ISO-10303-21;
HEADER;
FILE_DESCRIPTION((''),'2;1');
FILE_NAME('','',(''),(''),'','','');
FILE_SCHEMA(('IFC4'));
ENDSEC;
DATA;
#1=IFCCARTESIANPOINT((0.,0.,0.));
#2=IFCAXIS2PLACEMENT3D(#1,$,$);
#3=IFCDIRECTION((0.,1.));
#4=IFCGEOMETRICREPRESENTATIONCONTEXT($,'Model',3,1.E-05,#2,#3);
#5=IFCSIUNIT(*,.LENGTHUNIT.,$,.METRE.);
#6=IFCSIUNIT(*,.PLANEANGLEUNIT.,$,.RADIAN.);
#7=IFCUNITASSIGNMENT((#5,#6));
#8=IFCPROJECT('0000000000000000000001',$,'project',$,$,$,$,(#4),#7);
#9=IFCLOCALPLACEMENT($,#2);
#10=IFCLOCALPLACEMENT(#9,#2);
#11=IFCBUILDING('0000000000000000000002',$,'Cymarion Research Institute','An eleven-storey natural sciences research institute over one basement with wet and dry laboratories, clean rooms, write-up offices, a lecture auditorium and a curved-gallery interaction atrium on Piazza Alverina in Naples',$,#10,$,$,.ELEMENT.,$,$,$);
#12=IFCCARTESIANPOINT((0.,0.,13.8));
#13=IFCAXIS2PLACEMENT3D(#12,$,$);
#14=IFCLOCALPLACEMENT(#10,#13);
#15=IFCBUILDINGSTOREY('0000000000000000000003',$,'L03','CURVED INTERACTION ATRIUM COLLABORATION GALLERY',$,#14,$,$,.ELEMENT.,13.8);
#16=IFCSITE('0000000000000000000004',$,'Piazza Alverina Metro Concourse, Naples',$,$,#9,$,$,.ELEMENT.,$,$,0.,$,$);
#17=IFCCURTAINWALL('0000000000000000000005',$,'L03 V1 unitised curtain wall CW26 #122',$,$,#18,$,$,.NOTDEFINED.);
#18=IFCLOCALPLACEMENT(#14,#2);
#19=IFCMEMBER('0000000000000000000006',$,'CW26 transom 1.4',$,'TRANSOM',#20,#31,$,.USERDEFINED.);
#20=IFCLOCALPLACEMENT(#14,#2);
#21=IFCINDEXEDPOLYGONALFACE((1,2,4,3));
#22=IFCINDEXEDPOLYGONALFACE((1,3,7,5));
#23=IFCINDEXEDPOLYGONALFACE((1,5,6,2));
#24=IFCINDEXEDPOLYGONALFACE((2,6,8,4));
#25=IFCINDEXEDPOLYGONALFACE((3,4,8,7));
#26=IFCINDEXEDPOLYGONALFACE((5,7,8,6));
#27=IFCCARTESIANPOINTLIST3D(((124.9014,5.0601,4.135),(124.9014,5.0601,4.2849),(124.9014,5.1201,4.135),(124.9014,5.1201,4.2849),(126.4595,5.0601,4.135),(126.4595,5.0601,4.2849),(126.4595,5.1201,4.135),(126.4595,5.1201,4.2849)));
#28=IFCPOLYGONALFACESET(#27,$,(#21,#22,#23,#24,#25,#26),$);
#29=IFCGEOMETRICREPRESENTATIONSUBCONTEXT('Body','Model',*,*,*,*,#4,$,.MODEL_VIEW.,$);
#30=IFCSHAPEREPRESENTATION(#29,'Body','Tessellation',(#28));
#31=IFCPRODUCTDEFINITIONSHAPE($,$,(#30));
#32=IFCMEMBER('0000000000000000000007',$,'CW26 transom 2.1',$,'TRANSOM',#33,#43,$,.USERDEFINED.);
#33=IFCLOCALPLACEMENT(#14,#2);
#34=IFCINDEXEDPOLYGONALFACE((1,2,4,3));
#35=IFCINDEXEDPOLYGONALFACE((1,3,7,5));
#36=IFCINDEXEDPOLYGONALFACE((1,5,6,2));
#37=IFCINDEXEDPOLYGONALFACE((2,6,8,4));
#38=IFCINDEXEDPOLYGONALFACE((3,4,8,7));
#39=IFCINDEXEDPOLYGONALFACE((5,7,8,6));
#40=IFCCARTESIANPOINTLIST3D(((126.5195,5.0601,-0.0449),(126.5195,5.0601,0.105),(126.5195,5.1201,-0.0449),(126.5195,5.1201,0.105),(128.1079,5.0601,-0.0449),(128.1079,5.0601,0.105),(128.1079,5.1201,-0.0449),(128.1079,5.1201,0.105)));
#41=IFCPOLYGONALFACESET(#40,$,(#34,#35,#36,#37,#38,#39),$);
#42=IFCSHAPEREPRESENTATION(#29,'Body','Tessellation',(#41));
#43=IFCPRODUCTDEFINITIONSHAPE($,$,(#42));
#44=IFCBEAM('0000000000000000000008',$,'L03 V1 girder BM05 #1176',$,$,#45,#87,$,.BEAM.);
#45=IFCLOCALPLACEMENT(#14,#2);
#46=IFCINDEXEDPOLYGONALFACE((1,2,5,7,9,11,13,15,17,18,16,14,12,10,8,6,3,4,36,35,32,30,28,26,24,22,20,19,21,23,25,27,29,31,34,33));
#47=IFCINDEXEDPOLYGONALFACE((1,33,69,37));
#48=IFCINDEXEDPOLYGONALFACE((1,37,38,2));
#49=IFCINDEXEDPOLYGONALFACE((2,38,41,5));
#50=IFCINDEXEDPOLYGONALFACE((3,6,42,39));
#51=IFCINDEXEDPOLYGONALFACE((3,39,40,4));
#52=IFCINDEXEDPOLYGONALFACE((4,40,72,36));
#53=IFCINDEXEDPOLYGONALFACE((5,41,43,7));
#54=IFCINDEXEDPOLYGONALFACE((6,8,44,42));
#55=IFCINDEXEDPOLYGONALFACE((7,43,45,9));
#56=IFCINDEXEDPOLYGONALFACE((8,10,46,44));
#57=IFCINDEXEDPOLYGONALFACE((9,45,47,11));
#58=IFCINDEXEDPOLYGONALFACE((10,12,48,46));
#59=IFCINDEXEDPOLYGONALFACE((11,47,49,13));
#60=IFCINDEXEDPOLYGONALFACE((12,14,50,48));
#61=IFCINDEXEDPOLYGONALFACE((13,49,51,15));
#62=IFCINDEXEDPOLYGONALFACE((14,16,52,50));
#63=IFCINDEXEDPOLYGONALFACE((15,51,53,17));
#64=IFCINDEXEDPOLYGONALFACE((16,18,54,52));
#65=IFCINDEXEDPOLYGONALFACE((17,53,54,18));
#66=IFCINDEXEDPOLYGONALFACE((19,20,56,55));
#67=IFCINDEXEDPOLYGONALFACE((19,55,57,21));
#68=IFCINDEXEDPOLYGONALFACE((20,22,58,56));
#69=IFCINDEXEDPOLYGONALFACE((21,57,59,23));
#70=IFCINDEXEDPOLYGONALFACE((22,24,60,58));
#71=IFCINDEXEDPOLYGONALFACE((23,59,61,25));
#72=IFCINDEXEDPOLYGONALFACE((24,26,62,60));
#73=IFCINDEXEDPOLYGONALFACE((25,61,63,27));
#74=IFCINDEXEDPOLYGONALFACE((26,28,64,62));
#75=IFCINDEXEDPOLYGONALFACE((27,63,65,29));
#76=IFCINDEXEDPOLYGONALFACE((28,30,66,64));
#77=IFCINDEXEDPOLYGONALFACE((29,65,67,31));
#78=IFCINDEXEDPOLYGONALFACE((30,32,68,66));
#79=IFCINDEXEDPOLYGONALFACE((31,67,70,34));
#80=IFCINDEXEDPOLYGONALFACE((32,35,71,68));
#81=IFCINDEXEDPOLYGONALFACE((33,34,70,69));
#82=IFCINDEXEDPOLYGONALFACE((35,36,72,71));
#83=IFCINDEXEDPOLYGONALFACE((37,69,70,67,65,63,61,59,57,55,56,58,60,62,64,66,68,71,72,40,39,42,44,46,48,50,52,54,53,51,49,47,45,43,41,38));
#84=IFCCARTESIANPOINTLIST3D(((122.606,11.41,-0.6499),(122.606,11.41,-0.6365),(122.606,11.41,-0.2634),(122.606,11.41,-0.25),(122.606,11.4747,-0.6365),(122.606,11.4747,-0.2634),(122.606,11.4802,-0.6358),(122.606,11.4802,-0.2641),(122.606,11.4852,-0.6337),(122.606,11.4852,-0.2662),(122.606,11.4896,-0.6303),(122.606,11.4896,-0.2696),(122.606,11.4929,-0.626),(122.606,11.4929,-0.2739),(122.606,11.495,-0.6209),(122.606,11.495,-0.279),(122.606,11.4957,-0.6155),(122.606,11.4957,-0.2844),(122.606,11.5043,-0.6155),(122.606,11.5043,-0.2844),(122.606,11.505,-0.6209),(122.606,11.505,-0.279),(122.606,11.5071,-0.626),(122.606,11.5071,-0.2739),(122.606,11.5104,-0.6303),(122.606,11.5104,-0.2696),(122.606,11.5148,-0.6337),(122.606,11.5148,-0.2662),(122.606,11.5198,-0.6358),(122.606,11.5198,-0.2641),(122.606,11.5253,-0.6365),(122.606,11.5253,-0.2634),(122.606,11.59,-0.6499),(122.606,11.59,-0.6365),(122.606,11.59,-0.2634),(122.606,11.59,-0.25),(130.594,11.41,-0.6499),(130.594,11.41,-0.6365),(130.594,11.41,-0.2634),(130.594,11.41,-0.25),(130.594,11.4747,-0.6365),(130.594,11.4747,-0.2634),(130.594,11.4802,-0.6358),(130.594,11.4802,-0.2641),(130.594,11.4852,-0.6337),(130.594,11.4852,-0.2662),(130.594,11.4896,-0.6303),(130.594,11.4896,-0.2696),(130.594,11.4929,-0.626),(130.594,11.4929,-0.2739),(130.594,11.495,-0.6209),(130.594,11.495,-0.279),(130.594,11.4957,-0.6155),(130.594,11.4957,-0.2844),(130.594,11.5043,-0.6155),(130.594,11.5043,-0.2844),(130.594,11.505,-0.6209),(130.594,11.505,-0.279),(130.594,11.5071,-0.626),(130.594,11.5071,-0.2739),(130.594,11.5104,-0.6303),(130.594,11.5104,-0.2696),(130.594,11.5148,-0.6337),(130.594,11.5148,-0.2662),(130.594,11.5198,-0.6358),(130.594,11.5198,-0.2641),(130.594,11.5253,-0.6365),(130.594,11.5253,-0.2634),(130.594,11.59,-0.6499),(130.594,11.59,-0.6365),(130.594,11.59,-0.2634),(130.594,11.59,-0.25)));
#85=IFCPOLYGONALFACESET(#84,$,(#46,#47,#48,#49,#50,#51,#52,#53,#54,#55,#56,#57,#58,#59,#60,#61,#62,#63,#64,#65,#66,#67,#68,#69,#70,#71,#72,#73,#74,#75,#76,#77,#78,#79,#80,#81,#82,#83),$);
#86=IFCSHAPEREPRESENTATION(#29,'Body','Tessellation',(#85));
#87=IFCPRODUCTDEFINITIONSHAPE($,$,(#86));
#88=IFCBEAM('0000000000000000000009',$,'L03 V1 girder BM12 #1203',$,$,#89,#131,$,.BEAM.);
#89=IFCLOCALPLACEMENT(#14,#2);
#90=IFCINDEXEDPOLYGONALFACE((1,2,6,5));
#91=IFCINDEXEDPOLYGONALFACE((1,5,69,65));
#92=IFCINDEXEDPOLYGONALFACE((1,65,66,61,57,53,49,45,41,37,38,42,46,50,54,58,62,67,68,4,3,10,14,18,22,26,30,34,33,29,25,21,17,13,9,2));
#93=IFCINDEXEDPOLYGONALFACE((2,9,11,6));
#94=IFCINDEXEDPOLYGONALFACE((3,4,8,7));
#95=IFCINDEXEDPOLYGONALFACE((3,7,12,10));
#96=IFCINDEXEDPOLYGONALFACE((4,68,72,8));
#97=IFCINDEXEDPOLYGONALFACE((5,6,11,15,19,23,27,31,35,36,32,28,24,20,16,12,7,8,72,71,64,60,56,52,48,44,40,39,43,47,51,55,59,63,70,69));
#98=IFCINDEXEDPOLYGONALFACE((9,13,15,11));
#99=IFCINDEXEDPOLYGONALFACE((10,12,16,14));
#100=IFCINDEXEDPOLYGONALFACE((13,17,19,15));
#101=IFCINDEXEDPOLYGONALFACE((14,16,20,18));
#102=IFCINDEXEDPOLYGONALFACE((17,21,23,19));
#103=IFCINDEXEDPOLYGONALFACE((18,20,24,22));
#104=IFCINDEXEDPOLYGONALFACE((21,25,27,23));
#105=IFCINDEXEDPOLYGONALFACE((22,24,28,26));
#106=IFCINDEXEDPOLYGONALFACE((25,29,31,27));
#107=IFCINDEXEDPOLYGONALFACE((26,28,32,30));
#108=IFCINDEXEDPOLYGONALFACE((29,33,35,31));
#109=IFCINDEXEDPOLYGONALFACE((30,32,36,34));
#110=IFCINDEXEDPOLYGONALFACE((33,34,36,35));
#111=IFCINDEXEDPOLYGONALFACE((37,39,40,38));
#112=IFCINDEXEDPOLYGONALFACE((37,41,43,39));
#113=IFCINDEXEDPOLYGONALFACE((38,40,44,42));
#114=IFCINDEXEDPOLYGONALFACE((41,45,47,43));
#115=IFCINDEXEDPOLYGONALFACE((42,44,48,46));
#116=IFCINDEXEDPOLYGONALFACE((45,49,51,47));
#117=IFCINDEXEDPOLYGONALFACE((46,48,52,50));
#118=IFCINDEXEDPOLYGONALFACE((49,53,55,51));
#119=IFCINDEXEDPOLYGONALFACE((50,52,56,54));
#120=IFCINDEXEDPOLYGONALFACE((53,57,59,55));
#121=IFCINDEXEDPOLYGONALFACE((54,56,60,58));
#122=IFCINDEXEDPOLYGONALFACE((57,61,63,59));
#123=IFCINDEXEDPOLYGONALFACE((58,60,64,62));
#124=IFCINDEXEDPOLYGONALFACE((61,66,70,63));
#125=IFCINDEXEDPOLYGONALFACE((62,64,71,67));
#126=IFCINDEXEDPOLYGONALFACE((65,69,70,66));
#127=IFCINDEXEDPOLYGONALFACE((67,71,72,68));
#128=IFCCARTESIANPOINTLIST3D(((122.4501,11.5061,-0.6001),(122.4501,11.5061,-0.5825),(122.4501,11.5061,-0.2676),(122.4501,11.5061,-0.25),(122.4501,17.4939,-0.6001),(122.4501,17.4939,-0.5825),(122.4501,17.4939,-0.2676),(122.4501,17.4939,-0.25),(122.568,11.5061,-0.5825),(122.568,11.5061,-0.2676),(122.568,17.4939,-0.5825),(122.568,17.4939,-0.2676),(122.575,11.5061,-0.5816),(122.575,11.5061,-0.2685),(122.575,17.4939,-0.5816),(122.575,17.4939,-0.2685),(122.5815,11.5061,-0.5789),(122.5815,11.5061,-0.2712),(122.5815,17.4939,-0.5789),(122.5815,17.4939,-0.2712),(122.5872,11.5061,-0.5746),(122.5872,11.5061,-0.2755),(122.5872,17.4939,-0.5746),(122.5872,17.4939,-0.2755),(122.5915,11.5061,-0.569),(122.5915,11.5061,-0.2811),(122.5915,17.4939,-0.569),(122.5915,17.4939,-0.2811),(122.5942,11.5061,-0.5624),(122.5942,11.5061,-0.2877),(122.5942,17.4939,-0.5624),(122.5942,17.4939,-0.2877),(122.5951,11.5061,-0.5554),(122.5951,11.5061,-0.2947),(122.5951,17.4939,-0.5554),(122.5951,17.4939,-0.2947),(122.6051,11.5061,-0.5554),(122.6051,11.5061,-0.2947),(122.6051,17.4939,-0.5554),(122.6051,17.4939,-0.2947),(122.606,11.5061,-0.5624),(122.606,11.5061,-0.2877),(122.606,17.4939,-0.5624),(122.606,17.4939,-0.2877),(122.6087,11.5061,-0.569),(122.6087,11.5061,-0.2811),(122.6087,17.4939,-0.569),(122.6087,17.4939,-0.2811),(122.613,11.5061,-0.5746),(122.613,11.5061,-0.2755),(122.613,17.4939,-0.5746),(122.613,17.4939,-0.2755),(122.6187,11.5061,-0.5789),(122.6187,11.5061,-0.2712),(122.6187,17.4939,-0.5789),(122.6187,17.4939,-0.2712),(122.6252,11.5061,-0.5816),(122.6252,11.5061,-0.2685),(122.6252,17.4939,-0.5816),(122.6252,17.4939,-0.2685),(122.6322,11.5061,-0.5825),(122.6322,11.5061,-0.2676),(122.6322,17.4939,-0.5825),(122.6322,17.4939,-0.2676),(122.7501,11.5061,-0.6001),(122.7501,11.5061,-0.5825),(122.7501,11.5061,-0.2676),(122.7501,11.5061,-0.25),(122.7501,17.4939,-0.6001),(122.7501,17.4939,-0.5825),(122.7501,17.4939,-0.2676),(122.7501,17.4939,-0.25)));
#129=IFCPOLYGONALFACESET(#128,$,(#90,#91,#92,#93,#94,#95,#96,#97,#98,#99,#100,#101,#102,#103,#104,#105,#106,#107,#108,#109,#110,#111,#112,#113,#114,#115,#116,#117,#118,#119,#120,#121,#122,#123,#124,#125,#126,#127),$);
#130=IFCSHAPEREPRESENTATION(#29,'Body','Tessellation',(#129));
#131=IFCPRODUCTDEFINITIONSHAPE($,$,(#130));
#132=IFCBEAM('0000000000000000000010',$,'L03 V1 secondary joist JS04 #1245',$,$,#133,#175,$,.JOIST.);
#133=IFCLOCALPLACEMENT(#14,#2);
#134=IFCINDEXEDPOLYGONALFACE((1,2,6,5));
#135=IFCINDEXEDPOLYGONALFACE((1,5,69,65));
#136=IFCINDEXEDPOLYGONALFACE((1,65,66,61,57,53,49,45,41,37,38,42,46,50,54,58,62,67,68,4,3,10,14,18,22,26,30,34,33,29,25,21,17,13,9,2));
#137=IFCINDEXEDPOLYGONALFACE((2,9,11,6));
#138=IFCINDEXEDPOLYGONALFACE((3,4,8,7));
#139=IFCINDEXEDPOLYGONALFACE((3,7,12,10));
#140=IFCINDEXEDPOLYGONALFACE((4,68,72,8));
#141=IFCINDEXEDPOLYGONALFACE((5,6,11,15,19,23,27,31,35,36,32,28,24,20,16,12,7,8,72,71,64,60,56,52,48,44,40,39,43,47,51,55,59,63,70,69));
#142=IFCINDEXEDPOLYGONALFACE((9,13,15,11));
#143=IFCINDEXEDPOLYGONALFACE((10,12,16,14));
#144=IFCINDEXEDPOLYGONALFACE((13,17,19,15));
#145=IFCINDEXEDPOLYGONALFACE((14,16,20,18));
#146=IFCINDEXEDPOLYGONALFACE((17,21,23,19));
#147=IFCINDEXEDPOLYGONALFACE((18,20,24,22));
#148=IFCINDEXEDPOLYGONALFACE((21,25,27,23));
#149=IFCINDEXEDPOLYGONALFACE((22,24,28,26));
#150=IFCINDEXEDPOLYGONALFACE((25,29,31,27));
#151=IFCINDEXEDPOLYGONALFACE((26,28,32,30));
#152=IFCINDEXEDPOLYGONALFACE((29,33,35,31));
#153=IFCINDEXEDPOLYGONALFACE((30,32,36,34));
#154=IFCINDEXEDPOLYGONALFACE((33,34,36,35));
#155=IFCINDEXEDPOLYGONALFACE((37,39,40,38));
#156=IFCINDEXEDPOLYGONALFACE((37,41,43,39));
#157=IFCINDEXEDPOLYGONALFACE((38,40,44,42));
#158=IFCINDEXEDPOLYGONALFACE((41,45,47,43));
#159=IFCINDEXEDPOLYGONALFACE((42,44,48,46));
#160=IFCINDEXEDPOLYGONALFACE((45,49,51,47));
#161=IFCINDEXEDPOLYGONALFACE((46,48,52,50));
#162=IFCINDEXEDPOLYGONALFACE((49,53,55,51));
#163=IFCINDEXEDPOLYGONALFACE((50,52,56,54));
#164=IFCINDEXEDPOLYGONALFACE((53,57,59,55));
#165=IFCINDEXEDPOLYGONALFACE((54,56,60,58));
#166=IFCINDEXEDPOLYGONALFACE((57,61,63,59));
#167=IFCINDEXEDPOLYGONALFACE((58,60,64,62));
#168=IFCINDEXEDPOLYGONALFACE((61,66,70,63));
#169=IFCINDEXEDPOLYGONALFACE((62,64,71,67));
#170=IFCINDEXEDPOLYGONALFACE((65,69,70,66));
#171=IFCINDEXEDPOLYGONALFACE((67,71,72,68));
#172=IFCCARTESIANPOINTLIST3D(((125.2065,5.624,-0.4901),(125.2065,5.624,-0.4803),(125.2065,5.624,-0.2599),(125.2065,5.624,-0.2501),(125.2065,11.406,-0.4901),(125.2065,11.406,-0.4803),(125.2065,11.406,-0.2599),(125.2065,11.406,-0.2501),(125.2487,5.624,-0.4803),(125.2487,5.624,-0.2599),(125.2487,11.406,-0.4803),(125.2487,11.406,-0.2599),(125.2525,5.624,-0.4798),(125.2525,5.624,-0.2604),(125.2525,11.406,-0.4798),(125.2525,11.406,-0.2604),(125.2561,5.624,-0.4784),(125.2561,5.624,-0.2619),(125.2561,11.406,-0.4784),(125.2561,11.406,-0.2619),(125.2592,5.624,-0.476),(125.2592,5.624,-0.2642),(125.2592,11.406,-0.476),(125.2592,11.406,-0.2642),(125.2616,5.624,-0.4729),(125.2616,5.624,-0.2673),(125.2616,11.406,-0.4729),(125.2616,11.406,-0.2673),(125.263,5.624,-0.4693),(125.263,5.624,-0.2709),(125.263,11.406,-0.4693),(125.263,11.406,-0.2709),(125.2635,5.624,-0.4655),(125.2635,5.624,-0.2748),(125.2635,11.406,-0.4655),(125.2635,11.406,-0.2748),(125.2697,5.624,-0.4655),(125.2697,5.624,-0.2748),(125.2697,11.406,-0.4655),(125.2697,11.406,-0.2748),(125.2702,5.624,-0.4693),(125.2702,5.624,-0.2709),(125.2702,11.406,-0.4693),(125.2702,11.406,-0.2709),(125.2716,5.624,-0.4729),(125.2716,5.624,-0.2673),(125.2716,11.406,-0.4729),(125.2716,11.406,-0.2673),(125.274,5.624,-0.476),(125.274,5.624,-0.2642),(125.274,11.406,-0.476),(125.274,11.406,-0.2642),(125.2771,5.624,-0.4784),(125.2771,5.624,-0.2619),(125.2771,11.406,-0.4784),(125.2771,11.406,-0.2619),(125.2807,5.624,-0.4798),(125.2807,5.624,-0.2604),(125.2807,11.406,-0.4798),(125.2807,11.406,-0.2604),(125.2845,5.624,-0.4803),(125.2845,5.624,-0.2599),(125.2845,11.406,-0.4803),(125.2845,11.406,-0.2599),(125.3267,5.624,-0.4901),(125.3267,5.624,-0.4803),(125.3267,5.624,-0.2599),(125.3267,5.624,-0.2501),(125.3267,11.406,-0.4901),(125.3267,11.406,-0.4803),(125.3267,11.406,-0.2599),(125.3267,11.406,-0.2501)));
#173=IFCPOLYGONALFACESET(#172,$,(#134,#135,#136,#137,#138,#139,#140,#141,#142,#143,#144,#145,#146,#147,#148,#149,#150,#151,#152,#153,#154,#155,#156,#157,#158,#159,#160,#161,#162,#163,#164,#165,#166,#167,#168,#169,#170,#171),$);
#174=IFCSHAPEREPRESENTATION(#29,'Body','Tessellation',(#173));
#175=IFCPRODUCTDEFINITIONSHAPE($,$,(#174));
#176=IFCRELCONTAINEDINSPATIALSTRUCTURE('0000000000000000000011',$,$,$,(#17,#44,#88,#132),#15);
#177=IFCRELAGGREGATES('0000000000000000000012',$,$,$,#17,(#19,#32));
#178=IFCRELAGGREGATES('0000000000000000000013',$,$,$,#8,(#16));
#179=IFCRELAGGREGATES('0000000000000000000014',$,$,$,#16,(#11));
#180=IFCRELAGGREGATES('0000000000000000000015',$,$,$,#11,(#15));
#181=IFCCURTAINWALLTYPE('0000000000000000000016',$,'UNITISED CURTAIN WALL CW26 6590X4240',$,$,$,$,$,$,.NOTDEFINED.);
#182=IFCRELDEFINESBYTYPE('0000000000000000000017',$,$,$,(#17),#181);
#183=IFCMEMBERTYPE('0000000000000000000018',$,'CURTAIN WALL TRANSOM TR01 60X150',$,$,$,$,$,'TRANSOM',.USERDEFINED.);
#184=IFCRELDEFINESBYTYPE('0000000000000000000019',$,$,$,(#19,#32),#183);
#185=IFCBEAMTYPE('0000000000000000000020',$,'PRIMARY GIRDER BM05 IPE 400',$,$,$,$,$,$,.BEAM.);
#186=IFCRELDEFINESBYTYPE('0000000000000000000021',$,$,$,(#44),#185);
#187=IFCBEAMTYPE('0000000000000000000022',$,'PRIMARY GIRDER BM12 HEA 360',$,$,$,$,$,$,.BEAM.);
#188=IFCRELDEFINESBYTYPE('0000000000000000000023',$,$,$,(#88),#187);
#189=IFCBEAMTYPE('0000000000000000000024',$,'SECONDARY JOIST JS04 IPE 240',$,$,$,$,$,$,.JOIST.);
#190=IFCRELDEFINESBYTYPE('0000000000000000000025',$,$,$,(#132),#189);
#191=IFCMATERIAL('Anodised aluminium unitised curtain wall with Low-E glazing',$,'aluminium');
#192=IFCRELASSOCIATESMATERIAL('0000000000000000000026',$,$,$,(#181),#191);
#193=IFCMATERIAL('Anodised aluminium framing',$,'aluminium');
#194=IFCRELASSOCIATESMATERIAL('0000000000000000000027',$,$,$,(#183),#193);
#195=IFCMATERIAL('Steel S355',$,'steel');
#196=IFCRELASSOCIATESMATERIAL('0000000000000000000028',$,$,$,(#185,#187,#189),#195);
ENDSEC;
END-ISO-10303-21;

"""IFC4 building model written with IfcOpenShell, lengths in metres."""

from ifc_helpers import new_model, si_unit, direction, frame, origin, origin_2d, place, context, subcontext, project, spatial, rectangle, i_section, extrude, material, material_profile, profile_set, type_object, element, aggregate, save


model = new_model("IFC4")

# Units and contexts
model_context = context("Model", 3, precision=1e-05, world=origin(), true_north=direction((0.0, 1.0)))
body_context = subcontext(model_context, "Body", "Model", "MODEL_VIEW")
ifc_project = project(units=[si_unit("LENGTHUNIT", "METRE"), si_unit("PLANEANGLEUNIT", "RADIAN")], contexts=[model_context])

# Site, building, storey
site_placement = place(None, origin())
site = spatial("IfcSite", under=ifc_project, at=site_placement, Name="Piazza Alverina Metro Concourse, Naples", CompositionType="ELEMENT", RefElevation=0.0)
building_placement = place(site_placement, origin())
building = spatial("IfcBuilding", under=site, at=building_placement, Name="Cymarion Research Institute", Description="An eleven-storey natural sciences research institute over one basement with wet and dry laboratories, clean rooms, write-up offices, a lecture auditorium and a curved-gallery interaction atrium on Piazza Alverina in Naples", CompositionType="ELEMENT")
storey_placement = place(building_placement, frame((0.0, 0.0, 13.8)))
storey = spatial("IfcBuildingStorey", under=building, at=storey_placement, Name="L03", Description="CURVED INTERACTION ATRIUM COLLABORATION GALLERY", CompositionType="ELEMENT", Elevation=13.8)

# Shared definitions
ifc_material_1 = material(Name="Steel S355", Category="steel")

# Curtain wall
ifc_material_2 = material(Name="Anodised aluminium unitised curtain wall with Low-E glazing", Category="aluminium")
curtain_wall_type = type_object("IfcCurtainWallType", Name="UNITISED CURTAIN WALL CW26 6590X4240", PredefinedType="NOTDEFINED", material=ifc_material_2)
ifc_material_3 = material(Name="Anodised aluminium framing", Category="aluminium")
curtain_wall_1_placement = place(storey_placement, origin())
curtain_wall_1 = element("IfcCurtainWall", 1, at=curtain_wall_1_placement, inside=storey, type_object=curtain_wall_type, Name="L03 V1 unitised curtain wall CW26 #122", PredefinedType="NOTDEFINED")

# Members
ifc_material_profile_1 = material_profile(ifc_material_3, rectangle(XDim=0.0601, YDim=0.1499, at=origin_2d()), Name="ALU TRANSOM 60x150")
ifc_profile_set_1 = profile_set([ifc_material_profile_1], Name="Anodised aluminium framing")
member_type_1 = type_object("IfcMemberType", Name="CURTAIN WALL TRANSOM TR01 60X150", ElementType="TRANSOM", PredefinedType="USERDEFINED", material=ifc_profile_set_1)
member_1_placement = place(storey_placement, frame((124.9014, 5.0901, 4.21), z_axis=(1.0, 0.0, 0.0), x_axis=(0.0, 1.0, 0.0)))
member_1 = element("IfcMember", 2, at=member_1_placement, type_object=member_type_1, Name="CW26 transom 1.4", ObjectType="TRANSOM", PredefinedType="USERDEFINED", context=body_context, shape_type="SweptSolid", body=[
    extrude(rectangle(XDim=0.0601, YDim=0.1499, at=origin_2d()), origin(), (0.0, 0.0, 1.0), 1.5581),
])
member_2_placement = place(storey_placement, frame((126.5195, 5.0901, 0.03), z_axis=(1.0, 0.0, 0.0), x_axis=(0.0, 1.0, 0.0)))
member_2 = element("IfcMember", 3, at=member_2_placement, type_object=member_type_1, Name="CW26 transom 2.1", ObjectType="TRANSOM", PredefinedType="USERDEFINED", context=body_context, shape_type="SweptSolid", body=[
    extrude(rectangle(XDim=0.0601, YDim=0.1499, at=origin_2d()), origin(), (0.0, 0.0, 1.0), 1.5884),
])

# Beams
ifc_material_profile_2 = material_profile(ifc_material_1, i_section(OverallWidth=0.1799, OverallDepth=0.3999, WebThickness=0.0085, FlangeThickness=0.0134, FilletRadius=0.021, at=origin_2d()), Name="IPE 400")
ifc_profile_set_2 = profile_set([ifc_material_profile_2], Name="Steel S355")
beam_type_1 = type_object("IfcBeamType", Name="PRIMARY GIRDER BM05 IPE 400", PredefinedType="BEAM", material=ifc_profile_set_2)
beam_1_placement = place(storey_placement, frame((122.606, 11.5, -0.45), z_axis=(1.0, 0.0, 0.0), x_axis=(0.0, 1.0, 0.0)))
element("IfcBeam", 4, at=beam_1_placement, inside=storey, type_object=beam_type_1, Name="L03 V1 girder BM05 #1176", PredefinedType="BEAM", context=body_context, shape_type="SweptSolid", body=[
    extrude(i_section(OverallWidth=0.1799, OverallDepth=0.3999, WebThickness=0.0085, FlangeThickness=0.0134, FilletRadius=0.021, at=origin_2d()), origin(), (0.0, 0.0, 1.0), 7.988),
])
ifc_material_profile_3 = material_profile(ifc_material_1, i_section(OverallWidth=0.3, OverallDepth=0.3501, WebThickness=0.01, FlangeThickness=0.0176, FilletRadius=0.0271, at=origin_2d()), Name="HEA 360")
ifc_profile_set_3 = profile_set([ifc_material_profile_3], Name="Steel S355")
beam_type_2 = type_object("IfcBeamType", Name="PRIMARY GIRDER BM12 HEA 360", PredefinedType="BEAM", material=ifc_profile_set_3)
beam_2_placement = place(storey_placement, frame((122.6001, 11.5061, -0.425), z_axis=(0.0, 1.0, 0.0), x_axis=(-1.0, 0.0, 0.0)))
element("IfcBeam", 5, at=beam_2_placement, inside=storey, type_object=beam_type_2, Name="L03 V1 girder BM12 #1203", PredefinedType="BEAM", context=body_context, shape_type="SweptSolid", body=[
    extrude(i_section(OverallWidth=0.3, OverallDepth=0.3501, WebThickness=0.01, FlangeThickness=0.0176, FilletRadius=0.0271, at=origin_2d()), origin(), (0.0, 0.0, 1.0), 5.9878),
])
ifc_material_profile_4 = material_profile(ifc_material_1, i_section(OverallWidth=0.1201, OverallDepth=0.24, WebThickness=0.0061, FlangeThickness=0.0098, FilletRadius=0.0149, at=origin_2d()), Name="IPE 240")
ifc_profile_set_4 = profile_set([ifc_material_profile_4], Name="Steel S355")
beam_type_3 = type_object("IfcBeamType", Name="SECONDARY JOIST JS04 IPE 240", PredefinedType="JOIST", material=ifc_profile_set_4)
beam_3_placement = place(storey_placement, frame((125.2666, 5.624, -0.3701), z_axis=(0.0, 1.0, 0.0), x_axis=(-1.0, 0.0, 0.0)))
element("IfcBeam", 6, at=beam_3_placement, inside=storey, type_object=beam_type_3, Name="L03 V1 secondary joist JS04 #1245", PredefinedType="JOIST", context=body_context, shape_type="SweptSolid", body=[
    extrude(i_section(OverallWidth=0.1201, OverallDepth=0.24, WebThickness=0.0061, FlangeThickness=0.0098, FilletRadius=0.0149, at=origin_2d()), origin(), (0.0, 0.0, 1.0), 5.782),
])

aggregate(curtain_wall_1, [member_1, member_2])

save(model, "model.ifc")
